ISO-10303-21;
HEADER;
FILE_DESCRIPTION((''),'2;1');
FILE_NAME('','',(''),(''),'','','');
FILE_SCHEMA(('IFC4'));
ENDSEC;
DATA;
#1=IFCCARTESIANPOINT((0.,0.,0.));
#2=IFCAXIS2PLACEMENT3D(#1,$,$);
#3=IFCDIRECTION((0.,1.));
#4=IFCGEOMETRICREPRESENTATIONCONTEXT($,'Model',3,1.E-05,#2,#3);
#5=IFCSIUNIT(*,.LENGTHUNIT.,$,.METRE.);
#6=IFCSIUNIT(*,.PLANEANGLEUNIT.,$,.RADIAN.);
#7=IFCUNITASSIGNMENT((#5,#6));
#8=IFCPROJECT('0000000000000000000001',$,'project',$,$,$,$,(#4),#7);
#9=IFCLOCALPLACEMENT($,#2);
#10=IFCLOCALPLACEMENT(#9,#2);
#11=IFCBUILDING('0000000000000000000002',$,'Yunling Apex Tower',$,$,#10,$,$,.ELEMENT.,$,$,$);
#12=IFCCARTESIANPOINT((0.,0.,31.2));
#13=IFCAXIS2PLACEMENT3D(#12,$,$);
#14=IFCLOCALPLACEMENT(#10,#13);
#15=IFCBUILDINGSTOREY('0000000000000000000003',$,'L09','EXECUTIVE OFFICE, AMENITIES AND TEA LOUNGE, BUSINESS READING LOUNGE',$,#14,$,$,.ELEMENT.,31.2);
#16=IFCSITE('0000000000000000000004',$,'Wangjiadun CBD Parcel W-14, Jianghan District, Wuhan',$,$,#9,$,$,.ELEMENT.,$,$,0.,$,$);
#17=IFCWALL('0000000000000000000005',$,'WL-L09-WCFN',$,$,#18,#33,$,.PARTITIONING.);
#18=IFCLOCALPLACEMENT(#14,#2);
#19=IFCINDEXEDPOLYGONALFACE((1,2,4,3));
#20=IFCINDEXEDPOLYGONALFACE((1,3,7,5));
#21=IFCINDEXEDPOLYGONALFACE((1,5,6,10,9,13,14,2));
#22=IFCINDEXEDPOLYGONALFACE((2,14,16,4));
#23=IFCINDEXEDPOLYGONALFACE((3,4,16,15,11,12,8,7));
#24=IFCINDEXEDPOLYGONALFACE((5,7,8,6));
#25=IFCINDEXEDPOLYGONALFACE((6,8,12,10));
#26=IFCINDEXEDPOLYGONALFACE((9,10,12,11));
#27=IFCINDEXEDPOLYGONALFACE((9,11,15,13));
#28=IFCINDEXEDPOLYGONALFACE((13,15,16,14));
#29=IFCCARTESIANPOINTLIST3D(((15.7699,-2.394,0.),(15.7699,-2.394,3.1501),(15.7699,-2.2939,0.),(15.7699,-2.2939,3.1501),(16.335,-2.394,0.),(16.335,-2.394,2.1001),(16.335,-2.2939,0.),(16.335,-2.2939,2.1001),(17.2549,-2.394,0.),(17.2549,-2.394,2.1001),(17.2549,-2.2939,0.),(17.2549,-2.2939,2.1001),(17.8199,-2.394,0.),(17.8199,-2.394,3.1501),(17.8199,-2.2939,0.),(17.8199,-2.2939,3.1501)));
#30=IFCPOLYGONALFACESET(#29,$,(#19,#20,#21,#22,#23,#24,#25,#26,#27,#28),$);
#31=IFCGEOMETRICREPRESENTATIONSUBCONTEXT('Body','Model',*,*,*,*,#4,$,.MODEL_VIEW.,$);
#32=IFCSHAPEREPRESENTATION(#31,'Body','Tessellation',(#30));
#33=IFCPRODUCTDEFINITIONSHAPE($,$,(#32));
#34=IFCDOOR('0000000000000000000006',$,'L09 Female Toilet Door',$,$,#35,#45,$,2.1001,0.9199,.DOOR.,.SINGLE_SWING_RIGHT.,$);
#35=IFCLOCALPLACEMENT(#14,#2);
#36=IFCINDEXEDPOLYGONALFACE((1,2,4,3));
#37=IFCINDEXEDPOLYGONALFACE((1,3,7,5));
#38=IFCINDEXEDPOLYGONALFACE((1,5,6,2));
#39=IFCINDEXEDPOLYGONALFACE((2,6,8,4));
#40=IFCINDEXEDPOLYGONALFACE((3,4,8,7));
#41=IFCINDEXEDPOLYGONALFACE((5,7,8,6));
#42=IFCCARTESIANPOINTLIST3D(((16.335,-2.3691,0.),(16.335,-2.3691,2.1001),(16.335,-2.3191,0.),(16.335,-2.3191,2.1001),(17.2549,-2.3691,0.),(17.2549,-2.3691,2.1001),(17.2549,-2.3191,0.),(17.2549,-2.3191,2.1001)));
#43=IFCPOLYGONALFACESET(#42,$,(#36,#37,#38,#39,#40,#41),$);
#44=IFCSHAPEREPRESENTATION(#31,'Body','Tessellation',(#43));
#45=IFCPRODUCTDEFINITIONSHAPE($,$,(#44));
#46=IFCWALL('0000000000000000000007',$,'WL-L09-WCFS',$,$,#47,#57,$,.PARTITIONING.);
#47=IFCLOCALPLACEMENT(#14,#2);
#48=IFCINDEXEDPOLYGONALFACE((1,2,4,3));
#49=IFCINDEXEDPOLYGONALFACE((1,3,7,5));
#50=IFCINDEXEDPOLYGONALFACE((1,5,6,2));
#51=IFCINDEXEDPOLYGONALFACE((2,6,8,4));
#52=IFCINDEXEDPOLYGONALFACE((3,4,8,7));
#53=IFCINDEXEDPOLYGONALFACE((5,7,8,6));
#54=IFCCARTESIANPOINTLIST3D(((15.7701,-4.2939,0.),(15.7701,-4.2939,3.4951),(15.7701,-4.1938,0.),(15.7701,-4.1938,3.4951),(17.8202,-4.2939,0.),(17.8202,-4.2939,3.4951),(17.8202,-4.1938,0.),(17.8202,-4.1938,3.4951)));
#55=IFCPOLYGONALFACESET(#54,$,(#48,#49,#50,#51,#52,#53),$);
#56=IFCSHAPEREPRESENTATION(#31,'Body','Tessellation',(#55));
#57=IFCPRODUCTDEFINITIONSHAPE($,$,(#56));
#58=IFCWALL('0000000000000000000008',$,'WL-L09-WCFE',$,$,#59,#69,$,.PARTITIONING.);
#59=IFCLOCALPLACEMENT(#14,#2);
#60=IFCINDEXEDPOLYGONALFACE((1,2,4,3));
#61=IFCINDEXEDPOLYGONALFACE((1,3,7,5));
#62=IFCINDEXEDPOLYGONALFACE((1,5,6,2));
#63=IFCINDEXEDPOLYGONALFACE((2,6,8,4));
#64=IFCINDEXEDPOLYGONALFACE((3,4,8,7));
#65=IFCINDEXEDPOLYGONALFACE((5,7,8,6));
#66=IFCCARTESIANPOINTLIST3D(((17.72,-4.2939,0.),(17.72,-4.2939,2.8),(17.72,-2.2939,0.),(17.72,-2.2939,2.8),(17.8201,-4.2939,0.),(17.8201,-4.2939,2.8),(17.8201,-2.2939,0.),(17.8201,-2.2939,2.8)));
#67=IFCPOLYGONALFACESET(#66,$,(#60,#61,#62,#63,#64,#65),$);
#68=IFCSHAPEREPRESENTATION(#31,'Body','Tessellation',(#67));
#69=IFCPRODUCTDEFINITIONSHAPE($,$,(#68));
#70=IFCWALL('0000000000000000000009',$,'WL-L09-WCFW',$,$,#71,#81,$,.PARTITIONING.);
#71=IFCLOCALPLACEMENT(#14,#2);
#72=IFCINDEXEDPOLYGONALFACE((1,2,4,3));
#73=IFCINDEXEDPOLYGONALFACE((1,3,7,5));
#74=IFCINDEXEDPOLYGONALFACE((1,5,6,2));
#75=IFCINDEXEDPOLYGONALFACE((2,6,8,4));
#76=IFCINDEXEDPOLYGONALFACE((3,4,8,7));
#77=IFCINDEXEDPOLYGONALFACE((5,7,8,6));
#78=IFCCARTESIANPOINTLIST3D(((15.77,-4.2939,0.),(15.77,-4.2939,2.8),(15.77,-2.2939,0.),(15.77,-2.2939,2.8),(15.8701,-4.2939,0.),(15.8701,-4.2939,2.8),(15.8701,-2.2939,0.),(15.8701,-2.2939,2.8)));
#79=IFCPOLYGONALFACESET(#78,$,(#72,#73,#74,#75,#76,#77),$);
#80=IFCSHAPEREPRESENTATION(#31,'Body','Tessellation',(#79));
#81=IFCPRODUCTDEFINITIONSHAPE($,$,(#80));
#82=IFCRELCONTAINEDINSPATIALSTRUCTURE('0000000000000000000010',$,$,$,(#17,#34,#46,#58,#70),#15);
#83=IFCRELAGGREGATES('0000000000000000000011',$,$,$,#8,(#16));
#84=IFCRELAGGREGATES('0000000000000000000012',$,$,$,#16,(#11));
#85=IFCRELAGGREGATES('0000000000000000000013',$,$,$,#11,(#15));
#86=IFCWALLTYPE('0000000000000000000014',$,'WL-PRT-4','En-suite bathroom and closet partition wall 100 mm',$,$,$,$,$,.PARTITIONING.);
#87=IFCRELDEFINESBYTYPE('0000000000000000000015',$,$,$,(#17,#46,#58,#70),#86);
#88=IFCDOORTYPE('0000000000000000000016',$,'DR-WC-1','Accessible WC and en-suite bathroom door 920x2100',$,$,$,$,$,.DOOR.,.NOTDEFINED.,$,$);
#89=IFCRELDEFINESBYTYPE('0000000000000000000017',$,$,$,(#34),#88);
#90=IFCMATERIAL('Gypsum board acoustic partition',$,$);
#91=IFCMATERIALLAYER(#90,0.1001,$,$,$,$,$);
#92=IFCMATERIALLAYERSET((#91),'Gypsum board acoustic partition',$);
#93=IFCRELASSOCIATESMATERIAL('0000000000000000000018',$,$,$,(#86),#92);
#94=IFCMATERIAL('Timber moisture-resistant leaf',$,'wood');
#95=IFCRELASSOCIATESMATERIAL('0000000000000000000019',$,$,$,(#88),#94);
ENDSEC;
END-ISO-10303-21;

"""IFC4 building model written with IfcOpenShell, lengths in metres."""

from ifc_helpers import new_model, si_unit, direction, frame, frame_2d, origin, place, context, subcontext, project, spatial, rectangle, extrude, material, layer, layer_set, type_object, element, fill, save


model = new_model("IFC4")

# Units and contexts
model_context = context("Model", 3, precision=1e-05, world=origin(), true_north=direction((0.0, 1.0)))
body_context = subcontext(model_context, "Body", "Model", "MODEL_VIEW")
ifc_project = project(units=[si_unit("LENGTHUNIT", "METRE"), si_unit("PLANEANGLEUNIT", "RADIAN")], contexts=[model_context])

# Site, building, storey
site_placement = place(None, origin())
site = spatial("IfcSite", under=ifc_project, at=site_placement, Name="Wangjiadun CBD Parcel W-14, Jianghan District, Wuhan", CompositionType="ELEMENT", RefElevation=0.0)
building_placement = place(site_placement, origin())
building = spatial("IfcBuilding", under=site, at=building_placement, Name="Yunling Apex Tower", CompositionType="ELEMENT")
storey_placement = place(building_placement, frame((0.0, 0.0, 31.2)))
storey = spatial("IfcBuildingStorey", under=building, at=storey_placement, Name="L09", Description="EXECUTIVE OFFICE, AMENITIES AND TEA LOUNGE, BUSINESS READING LOUNGE", CompositionType="ELEMENT", Elevation=31.2)

# Shared definitions
ifc_material_1 = material(Name="Gypsum board acoustic partition")
ifc_layer_1 = layer(ifc_material_1, 0.1001)
ifc_layer_set_1 = layer_set([ifc_layer_1], Name="Gypsum board acoustic partition")
wall_type = type_object("IfcWallType", Name="WL-PRT-4", Description="En-suite bathroom and closet partition wall 100 mm", PredefinedType="PARTITIONING", material=ifc_layer_set_1)

# Wall, opening, door
wall_1_placement = place(storey_placement, frame((15.77, -2.344, 0.0), z_axis=(0.0, 0.0, 1.0), x_axis=(1.0, 0.0, 0.0)))
wall_1 = element("IfcWall", 1, at=wall_1_placement, inside=storey, type_object=wall_type, Name="WL-L09-WCFN", PredefinedType="PARTITIONING", context=body_context, shape_type="SweptSolid", body=[
    extrude(rectangle(XDim=2.05, YDim=0.1001, at=frame_2d((1.0249, 0.0))), origin(), (0.0, 0.0, 1.0), 3.1501),
])
opening_placement = place(wall_1_placement, frame((0.5649, 0.0, 0.0)))
opening = element("IfcOpeningElement", 2, at=opening_placement, cuts=wall_1, PredefinedType="OPENING", context=body_context, shape_type="SweptSolid", body=[
    extrude(rectangle(XDim=0.9199, YDim=2.1001, at=frame_2d((0.46, 1.05))), frame((0.0, 0.0601, 0.0), z_axis=(0.0, -1.0, 0.0), x_axis=(1.0, 0.0, 0.0)), (0.0, 0.0, 1.0), 0.1201),
])
ifc_material_2 = material(Name="Timber moisture-resistant leaf", Category="wood")
door_type = type_object("IfcDoorType", Name="DR-WC-1", Description="Accessible WC and en-suite bathroom door 920x2100", OperationType="NOTDEFINED", PredefinedType="DOOR", material=ifc_material_2)
door_placement = place(opening_placement, origin())
door = element("IfcDoor", 3, at=door_placement, inside=storey, type_object=door_type, Name="L09 Female Toilet Door", OperationType="SINGLE_SWING_RIGHT", OverallHeight=2.1001, OverallWidth=0.9199, PredefinedType="DOOR", context=body_context, shape_type="SweptSolid", body=[
    extrude(rectangle(XDim=0.9199, YDim=2.1001, at=frame_2d((0.46, 1.05))), frame((0.0, 0.0249, 0.0), z_axis=(0.0, -1.0, 0.0), x_axis=(1.0, 0.0, 0.0)), (0.0, 0.0, 1.0), 0.05),
])
fill(opening, door)

# Walls
wall_2_placement = place(storey_placement, frame((17.8201, -4.2439, 0.0), z_axis=(0.0, 0.0, 1.0), x_axis=(-1.0, 0.0, 0.0)))
element("IfcWall", 4, at=wall_2_placement, inside=storey, type_object=wall_type, Name="WL-L09-WCFS", PredefinedType="PARTITIONING", context=body_context, shape_type="SweptSolid", body=[
    extrude(rectangle(XDim=2.05, YDim=0.1001, at=frame_2d((1.0249, 0.0))), origin(), (0.0, 0.0, 1.0), 3.4951),
])
for number, where, z_axis, x_axis, name in (
    (5, (17.77, -2.2939, 0.0), (0.0, 0.0, 1.0), (0.0, -1.0, 0.0), "WL-L09-WCFE"),
    (6, (15.8201, -4.2939, 0.0), (0.0, 0.0, 1.0), (0.0, 1.0, 0.0), "WL-L09-WCFW"),
):
    element("IfcWall", number, at=place(storey_placement, frame(where, z_axis=z_axis, x_axis=x_axis)), inside=storey, type_object=wall_type, Name=name, PredefinedType="PARTITIONING", context=body_context, shape_type="SweptSolid", body=[
        extrude(rectangle(XDim=2.0, YDim=0.1001, at=frame_2d((1.0, 0.0))), origin(), (0.0, 0.0, 1.0), 2.8),
    ])

save(model, "model.ifc")
